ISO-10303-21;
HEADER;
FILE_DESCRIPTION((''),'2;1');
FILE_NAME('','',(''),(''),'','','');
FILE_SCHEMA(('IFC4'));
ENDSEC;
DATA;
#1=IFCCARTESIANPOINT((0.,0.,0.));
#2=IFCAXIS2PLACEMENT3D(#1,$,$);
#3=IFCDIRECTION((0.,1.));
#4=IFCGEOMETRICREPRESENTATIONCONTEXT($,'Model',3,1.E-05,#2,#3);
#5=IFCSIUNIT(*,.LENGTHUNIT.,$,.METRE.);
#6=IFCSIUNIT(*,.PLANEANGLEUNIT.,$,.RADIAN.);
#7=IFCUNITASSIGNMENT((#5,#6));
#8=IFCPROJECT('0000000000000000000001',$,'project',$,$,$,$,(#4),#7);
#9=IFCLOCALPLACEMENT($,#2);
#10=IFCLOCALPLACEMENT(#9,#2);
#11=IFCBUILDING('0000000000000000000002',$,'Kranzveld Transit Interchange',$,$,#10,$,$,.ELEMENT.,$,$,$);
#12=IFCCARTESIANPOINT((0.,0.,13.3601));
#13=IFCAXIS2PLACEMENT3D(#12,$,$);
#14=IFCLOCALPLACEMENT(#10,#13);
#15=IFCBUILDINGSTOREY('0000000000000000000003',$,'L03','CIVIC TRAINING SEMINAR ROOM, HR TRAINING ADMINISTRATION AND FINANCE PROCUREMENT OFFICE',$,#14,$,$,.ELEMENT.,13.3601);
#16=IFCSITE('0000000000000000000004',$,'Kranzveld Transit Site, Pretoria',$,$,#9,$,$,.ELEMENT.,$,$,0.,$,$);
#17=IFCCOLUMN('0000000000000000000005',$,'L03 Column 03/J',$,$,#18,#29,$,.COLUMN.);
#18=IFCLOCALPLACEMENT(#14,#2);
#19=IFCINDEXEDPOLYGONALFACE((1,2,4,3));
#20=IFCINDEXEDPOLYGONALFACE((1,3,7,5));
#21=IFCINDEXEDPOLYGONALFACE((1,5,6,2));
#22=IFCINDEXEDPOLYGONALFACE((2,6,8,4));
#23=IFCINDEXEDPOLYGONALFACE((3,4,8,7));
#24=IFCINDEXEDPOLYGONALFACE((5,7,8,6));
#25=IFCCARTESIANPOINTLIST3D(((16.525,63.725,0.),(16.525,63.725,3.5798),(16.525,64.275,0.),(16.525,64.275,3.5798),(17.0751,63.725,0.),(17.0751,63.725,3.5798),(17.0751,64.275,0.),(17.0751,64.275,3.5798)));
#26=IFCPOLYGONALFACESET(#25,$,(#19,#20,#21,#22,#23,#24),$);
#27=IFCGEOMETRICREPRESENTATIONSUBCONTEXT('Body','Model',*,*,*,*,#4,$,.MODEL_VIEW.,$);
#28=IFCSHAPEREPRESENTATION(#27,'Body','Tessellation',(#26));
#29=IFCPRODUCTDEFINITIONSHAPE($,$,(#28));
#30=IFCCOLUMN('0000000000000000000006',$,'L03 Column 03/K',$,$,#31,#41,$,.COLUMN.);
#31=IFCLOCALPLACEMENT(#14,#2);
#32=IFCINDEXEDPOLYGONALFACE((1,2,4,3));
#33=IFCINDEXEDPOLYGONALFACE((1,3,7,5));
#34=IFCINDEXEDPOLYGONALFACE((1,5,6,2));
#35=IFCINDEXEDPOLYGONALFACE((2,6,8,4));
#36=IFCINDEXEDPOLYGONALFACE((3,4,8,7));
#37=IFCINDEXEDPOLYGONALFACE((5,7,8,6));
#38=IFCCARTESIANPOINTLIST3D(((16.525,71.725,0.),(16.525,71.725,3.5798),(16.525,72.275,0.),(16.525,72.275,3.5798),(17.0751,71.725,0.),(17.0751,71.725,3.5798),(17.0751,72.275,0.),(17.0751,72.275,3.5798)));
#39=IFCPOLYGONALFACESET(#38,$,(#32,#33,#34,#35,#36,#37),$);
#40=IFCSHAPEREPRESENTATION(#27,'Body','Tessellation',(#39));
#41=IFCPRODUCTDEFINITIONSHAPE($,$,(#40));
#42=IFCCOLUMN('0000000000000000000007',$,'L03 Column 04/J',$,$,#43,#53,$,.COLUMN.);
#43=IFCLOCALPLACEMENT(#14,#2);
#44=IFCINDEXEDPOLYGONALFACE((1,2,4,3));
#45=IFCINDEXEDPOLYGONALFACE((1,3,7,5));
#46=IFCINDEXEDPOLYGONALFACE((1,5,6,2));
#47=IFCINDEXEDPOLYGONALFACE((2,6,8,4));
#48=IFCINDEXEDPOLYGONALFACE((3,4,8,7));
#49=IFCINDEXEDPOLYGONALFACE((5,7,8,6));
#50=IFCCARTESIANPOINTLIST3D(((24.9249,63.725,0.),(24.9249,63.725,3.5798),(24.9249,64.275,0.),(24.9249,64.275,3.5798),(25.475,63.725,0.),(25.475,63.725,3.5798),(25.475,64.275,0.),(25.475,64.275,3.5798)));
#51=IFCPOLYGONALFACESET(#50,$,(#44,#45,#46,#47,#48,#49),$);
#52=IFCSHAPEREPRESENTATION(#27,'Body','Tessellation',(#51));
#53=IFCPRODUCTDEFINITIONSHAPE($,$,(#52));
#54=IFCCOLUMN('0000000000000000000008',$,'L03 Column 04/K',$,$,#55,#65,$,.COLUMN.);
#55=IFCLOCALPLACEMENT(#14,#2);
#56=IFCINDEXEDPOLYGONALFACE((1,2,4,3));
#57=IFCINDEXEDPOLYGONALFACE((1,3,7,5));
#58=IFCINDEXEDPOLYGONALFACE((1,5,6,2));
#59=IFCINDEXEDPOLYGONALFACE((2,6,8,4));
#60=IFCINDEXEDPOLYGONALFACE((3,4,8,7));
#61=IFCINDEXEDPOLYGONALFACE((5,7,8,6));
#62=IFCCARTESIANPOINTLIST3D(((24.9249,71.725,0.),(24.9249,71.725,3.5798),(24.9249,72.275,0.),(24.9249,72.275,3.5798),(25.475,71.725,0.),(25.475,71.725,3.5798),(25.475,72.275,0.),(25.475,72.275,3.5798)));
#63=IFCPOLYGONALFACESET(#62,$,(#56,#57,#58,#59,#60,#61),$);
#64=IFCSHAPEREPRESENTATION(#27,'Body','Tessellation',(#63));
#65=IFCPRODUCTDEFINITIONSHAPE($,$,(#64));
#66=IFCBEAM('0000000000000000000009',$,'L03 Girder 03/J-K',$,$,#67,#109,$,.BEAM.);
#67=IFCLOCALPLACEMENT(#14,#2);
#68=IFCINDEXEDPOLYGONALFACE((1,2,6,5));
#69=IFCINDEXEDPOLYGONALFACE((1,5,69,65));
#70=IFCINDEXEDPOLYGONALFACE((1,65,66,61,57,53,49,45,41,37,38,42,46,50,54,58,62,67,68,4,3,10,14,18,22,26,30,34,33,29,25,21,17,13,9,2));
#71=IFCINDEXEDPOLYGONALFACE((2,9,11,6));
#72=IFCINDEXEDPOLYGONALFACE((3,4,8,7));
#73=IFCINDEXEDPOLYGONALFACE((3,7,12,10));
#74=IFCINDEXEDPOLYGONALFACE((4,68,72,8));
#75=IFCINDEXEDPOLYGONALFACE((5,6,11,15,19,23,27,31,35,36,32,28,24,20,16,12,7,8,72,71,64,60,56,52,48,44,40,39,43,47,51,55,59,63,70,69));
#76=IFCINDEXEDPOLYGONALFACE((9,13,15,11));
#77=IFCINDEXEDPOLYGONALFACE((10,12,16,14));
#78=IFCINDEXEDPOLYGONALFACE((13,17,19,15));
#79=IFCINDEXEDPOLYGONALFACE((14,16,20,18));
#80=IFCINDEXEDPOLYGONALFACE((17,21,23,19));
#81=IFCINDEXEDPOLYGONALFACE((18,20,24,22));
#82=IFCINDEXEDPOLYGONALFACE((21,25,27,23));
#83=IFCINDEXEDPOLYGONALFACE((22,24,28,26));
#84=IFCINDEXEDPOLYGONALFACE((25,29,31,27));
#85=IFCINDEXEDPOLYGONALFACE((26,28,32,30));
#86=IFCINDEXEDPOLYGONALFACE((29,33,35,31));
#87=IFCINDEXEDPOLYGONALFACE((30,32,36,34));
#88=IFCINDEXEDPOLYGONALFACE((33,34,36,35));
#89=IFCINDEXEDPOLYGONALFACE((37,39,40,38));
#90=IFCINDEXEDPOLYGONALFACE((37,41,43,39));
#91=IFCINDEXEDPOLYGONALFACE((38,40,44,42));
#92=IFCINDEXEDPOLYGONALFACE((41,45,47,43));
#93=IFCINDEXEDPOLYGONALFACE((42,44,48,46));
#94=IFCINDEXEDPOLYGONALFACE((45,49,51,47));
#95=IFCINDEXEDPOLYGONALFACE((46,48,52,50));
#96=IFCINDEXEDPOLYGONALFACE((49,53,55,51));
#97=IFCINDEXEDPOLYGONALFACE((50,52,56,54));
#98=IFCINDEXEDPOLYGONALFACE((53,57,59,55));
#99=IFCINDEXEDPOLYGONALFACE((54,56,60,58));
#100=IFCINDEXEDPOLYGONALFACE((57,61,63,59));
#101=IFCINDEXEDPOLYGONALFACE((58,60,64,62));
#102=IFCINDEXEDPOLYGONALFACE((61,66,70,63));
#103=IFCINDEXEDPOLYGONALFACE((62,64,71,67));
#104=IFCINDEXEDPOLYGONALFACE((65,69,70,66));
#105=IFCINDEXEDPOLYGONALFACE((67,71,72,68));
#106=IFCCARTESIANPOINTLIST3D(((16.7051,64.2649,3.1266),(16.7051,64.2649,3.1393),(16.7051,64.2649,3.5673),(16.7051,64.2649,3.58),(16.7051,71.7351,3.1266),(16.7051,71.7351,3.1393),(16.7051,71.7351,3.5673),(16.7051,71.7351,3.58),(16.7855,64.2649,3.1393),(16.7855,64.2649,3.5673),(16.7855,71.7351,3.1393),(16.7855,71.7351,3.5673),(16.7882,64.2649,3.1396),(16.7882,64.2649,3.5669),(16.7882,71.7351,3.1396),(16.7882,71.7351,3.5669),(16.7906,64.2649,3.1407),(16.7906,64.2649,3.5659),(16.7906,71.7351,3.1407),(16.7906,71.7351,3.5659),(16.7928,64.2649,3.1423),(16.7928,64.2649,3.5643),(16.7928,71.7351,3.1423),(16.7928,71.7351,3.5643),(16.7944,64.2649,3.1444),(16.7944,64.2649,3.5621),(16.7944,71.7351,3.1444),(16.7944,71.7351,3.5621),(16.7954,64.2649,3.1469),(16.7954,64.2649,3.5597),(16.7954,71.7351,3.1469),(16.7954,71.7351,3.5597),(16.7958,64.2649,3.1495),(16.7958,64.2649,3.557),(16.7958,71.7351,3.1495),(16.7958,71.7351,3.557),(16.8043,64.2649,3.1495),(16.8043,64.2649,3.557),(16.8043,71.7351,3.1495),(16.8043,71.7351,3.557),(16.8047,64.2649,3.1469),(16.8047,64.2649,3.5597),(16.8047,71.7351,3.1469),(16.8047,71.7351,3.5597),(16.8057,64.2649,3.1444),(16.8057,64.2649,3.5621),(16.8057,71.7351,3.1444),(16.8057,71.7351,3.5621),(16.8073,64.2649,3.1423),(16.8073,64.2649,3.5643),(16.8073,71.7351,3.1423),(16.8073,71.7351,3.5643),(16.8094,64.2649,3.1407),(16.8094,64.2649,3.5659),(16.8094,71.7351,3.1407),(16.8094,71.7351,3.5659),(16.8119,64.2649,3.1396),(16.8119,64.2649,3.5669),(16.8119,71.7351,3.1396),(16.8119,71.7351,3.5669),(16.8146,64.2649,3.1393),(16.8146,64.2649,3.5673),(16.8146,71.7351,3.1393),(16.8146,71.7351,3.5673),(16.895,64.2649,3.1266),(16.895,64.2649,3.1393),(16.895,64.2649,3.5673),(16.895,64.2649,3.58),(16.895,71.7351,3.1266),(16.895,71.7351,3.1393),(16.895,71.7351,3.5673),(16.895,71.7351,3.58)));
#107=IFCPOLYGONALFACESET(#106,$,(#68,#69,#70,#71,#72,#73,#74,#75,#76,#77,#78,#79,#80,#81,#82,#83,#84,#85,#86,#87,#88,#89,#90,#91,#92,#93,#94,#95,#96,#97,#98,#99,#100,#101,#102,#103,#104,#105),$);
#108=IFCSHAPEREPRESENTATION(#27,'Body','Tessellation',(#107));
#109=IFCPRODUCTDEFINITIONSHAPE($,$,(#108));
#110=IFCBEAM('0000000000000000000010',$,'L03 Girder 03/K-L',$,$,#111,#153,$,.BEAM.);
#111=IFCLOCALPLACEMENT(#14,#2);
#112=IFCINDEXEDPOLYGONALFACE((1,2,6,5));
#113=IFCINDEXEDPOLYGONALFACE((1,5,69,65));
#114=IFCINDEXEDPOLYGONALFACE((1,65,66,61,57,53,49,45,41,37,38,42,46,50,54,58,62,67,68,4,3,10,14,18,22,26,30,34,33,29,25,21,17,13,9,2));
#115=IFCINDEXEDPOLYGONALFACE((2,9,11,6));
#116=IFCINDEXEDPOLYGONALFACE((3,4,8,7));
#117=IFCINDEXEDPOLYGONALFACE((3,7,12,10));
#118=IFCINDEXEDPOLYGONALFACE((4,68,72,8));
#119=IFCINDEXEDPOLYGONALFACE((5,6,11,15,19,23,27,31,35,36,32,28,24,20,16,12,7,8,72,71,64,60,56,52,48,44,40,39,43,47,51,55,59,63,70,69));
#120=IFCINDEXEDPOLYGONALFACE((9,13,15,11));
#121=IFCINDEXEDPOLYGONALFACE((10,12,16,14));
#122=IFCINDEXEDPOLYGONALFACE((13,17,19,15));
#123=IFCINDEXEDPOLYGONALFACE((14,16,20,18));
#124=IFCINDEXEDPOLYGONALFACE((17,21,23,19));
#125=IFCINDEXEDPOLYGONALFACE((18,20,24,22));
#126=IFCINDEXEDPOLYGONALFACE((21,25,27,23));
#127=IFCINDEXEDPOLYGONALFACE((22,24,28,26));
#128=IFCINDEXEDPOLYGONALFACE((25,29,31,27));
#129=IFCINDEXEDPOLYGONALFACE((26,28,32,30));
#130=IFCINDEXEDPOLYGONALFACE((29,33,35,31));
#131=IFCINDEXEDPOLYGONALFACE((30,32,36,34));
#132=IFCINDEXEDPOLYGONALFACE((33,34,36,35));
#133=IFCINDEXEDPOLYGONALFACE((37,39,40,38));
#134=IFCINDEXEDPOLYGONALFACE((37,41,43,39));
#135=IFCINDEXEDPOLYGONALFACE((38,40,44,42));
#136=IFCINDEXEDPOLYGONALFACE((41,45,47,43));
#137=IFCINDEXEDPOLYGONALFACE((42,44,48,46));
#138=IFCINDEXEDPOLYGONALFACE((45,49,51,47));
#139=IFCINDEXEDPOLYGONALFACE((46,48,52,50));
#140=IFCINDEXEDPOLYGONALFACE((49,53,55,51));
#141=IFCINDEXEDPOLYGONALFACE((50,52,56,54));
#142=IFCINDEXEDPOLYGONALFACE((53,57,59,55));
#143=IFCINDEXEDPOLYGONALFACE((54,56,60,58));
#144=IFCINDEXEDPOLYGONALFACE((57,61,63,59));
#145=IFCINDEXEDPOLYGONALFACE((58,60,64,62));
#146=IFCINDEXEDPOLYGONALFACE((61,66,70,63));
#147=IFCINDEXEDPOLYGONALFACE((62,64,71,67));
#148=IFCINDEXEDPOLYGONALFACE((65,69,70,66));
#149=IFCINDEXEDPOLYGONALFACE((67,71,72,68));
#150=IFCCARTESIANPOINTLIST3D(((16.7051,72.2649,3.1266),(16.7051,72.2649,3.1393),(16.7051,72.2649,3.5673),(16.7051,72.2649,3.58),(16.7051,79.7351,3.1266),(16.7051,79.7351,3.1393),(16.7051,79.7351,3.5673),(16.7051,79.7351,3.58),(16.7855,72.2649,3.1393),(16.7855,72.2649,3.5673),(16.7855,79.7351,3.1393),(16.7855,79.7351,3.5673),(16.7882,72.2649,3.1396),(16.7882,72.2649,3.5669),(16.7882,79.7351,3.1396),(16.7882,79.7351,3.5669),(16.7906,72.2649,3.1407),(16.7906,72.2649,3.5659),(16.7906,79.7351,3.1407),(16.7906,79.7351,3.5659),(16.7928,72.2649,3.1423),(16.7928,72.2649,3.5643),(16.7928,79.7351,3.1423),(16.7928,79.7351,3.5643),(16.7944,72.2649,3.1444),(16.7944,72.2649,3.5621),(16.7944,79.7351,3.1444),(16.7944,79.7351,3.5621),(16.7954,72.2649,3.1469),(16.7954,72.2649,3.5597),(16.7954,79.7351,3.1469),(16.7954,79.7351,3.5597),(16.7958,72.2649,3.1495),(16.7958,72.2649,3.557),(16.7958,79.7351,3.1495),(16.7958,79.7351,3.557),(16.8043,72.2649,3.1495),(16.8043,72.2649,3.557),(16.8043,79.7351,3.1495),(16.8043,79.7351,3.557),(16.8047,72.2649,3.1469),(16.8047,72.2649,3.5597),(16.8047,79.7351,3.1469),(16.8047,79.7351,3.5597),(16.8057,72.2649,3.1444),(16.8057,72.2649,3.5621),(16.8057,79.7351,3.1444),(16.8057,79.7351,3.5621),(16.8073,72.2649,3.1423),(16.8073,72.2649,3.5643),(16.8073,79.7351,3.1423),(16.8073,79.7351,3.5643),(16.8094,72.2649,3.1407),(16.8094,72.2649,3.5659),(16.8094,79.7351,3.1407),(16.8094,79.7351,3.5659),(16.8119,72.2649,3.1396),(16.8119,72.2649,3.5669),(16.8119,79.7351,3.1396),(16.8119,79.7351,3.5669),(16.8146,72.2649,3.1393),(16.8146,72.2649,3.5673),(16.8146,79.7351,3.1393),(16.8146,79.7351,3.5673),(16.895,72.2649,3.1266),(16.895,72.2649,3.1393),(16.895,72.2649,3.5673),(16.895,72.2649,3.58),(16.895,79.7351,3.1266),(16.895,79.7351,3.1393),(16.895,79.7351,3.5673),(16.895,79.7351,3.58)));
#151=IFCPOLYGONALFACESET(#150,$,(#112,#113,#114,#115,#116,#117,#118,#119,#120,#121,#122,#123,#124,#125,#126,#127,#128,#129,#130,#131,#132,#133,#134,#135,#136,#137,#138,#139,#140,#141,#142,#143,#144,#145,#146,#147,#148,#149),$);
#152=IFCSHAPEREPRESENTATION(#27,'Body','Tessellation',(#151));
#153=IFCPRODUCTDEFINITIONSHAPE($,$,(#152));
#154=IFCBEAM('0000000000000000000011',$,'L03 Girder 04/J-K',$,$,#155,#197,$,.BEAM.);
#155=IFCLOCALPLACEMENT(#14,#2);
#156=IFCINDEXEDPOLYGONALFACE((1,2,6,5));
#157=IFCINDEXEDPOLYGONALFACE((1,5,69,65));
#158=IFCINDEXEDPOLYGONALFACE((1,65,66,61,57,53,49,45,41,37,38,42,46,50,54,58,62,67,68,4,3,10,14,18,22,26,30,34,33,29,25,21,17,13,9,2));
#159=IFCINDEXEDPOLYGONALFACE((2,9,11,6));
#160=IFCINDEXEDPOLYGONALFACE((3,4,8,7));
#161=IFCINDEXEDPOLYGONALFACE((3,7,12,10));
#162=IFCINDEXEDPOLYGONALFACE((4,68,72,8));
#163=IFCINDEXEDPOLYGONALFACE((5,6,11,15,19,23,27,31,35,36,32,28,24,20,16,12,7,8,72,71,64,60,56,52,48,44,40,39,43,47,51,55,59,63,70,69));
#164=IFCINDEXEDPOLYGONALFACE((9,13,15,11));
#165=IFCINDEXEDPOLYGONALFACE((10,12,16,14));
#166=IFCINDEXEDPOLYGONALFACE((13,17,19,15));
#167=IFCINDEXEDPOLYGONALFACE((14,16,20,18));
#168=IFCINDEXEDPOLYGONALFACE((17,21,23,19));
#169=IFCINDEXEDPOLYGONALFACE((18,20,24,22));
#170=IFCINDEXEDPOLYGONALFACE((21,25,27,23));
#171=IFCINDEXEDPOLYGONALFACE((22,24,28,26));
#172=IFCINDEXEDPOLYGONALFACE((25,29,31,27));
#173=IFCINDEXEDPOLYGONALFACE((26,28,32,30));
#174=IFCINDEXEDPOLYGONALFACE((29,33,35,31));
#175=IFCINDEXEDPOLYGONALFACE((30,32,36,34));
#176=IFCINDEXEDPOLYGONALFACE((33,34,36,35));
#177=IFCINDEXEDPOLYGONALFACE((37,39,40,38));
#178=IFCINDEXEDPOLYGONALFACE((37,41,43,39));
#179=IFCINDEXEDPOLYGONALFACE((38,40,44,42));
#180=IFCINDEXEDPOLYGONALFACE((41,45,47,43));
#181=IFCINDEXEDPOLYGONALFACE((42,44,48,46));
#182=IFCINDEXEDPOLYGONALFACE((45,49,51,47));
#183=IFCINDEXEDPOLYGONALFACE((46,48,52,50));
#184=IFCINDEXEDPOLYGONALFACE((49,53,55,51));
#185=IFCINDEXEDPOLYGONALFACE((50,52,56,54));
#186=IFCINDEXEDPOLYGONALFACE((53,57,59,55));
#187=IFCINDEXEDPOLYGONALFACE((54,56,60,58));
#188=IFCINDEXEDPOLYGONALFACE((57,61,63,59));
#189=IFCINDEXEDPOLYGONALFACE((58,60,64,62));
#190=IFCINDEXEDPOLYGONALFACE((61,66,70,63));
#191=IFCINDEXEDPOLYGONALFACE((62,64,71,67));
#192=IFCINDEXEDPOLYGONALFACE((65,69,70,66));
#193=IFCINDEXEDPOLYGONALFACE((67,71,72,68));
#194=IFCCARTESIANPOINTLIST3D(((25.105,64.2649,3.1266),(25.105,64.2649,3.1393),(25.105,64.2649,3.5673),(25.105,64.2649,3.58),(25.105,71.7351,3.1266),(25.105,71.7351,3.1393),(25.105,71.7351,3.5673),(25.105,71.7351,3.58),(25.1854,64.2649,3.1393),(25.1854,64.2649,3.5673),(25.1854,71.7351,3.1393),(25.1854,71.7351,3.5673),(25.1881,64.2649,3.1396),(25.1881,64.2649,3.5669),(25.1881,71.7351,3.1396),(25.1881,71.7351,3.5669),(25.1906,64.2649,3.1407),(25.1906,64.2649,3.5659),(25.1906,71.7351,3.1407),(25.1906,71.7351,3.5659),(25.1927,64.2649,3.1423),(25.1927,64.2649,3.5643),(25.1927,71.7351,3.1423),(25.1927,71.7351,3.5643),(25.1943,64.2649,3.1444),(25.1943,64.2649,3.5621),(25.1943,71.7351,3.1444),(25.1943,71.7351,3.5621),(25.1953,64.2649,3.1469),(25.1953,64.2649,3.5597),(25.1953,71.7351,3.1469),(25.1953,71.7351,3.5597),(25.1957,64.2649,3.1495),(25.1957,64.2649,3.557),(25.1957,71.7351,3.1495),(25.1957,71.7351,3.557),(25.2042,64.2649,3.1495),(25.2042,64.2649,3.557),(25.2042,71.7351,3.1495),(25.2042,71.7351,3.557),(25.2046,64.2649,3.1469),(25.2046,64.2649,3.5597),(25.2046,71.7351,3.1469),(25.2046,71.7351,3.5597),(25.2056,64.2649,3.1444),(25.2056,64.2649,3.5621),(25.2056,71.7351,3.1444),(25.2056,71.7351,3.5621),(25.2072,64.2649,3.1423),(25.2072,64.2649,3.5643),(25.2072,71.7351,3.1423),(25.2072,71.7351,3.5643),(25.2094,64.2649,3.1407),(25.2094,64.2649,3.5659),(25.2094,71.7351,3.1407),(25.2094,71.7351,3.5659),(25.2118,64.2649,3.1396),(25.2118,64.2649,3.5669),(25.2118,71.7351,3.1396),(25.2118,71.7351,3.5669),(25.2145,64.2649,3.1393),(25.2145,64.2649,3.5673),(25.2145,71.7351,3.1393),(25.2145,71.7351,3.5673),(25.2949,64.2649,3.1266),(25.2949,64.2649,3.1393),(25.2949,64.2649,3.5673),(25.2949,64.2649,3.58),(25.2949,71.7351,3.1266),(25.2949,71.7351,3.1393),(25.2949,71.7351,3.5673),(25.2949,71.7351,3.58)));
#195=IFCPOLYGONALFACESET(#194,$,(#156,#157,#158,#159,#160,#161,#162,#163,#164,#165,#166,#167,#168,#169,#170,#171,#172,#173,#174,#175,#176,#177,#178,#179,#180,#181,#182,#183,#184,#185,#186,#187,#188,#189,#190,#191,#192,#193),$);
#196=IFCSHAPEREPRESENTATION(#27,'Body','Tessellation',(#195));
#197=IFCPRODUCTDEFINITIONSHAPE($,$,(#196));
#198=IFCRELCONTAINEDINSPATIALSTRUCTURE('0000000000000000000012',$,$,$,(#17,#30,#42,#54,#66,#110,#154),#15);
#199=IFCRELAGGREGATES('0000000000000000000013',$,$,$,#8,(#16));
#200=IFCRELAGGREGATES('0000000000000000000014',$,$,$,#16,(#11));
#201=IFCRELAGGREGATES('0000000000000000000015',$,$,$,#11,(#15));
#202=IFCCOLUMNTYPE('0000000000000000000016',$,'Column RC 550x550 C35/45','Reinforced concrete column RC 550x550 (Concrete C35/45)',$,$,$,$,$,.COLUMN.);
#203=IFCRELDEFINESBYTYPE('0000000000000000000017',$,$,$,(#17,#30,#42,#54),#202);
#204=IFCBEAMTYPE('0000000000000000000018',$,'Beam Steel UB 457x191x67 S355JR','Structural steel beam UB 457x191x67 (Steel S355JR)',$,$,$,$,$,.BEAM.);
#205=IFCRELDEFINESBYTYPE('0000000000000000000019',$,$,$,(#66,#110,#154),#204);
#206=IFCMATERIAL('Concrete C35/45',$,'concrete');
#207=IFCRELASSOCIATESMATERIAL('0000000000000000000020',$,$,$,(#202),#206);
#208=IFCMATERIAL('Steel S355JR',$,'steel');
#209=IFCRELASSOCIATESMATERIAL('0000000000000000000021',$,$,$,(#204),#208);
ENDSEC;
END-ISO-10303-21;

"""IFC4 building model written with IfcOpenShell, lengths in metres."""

from ifc_helpers import new_model, si_unit, direction, frame, origin, origin_2d, place, context, subcontext, project, spatial, rectangle, i_section, extrude, material, material_profile, profile_set, type_object, element, save


model = new_model("IFC4")

# Units and contexts
model_context = context("Model", 3, precision=1e-05, world=origin(), true_north=direction((0.0, 1.0)))
body_context = subcontext(model_context, "Body", "Model", "MODEL_VIEW")
ifc_project = project(units=[si_unit("LENGTHUNIT", "METRE"), si_unit("PLANEANGLEUNIT", "RADIAN")], contexts=[model_context])

# Site, building, storey
site_placement = place(None, origin())
site = spatial("IfcSite", under=ifc_project, at=site_placement, Name="Kranzveld Transit Site, Pretoria", CompositionType="ELEMENT", RefElevation=0.0)
building_placement = place(site_placement, origin())
building = spatial("IfcBuilding", under=site, at=building_placement, Name="Kranzveld Transit Interchange", CompositionType="ELEMENT")
storey_placement = place(building_placement, frame((0.0, 0.0, 13.3601)))
storey = spatial("IfcBuildingStorey", under=building, at=storey_placement, Name="L03", Description="CIVIC TRAINING SEMINAR ROOM, HR TRAINING ADMINISTRATION AND FINANCE PROCUREMENT OFFICE", CompositionType="ELEMENT", Elevation=13.3601)

# Columns
ifc_material_1 = material(Name="Concrete C35/45", Category="concrete")
ifc_material_profile_1 = material_profile(ifc_material_1, rectangle(XDim=0.55, YDim=0.55, at=origin_2d()), Name="RC 550x550")
ifc_profile_set_1 = profile_set([ifc_material_profile_1], Name="Concrete C35/45")
column_type = type_object("IfcColumnType", Name="Column RC 550x550 C35/45", Description="Reinforced concrete column RC 550x550 (Concrete C35/45)", PredefinedType="COLUMN", material=ifc_profile_set_1)
for number, where, z_axis, x_axis, name in (
    (1, (16.8, 64.0, 0.0), (0.0, 0.0, 1.0), (1.0, 0.0, 0.0), "L03 Column 03/J"),
    (2, (16.8, 72.0, 0.0), (0.0, 0.0, 1.0), (1.0, 0.0, 0.0), "L03 Column 03/K"),
    (3, (25.2, 64.0, 0.0), (0.0, 0.0, 1.0), (1.0, 0.0, 0.0), "L03 Column 04/J"),
    (4, (25.2, 72.0, 0.0), (0.0, 0.0, 1.0), (1.0, 0.0, 0.0), "L03 Column 04/K"),
):
    element("IfcColumn", number, at=place(storey_placement, frame(where, z_axis=z_axis, x_axis=x_axis)), inside=storey, type_object=column_type, Name=name, PredefinedType="COLUMN", context=body_context, shape_type="SweptSolid", body=[
        extrude(rectangle(XDim=0.55, YDim=0.55, at=origin_2d()), origin(), (0.0, 0.0, 1.0), 3.5798),
    ])

# Beams
ifc_material_2 = material(Name="Steel S355JR", Category="steel")
ifc_material_profile_2 = material_profile(ifc_material_2, i_section(OverallWidth=0.1899, OverallDepth=0.4534, WebThickness=0.0085, FlangeThickness=0.0127, FilletRadius=0.0103, at=origin_2d()), Name="UB 457x191x67")
ifc_profile_set_2 = profile_set([ifc_material_profile_2], Name="Steel S355JR")
beam_type_1 = type_object("IfcBeamType", Name="Beam Steel UB 457x191x67 S355JR", Description="Structural steel beam UB 457x191x67 (Steel S355JR)", PredefinedType="BEAM", material=ifc_profile_set_2)
for number, where, z_axis, x_axis, name in (
    (5, (16.8, 64.2649, 3.3533), (0.0, 1.0, 0.0), (-1.0, 0.0, 0.0), "L03 Girder 03/J-K"),
    (6, (16.8, 72.2649, 3.3533), (0.0, 1.0, 0.0), (-1.0, 0.0, 0.0), "L03 Girder 03/K-L"),
    (7, (25.2, 64.2649, 3.3533), (0.0, 1.0, 0.0), (-1.0, 0.0, 0.0), "L03 Girder 04/J-K"),
):
    element("IfcBeam", number, at=place(storey_placement, frame(where, z_axis=z_axis, x_axis=x_axis)), inside=storey, type_object=beam_type_1, Name=name, PredefinedType="BEAM", context=body_context, shape_type="SweptSolid", body=[
        extrude(i_section(OverallWidth=0.1899, OverallDepth=0.4534, WebThickness=0.0085, FlangeThickness=0.0127, FilletRadius=0.0103, at=origin_2d()), origin(), (0.0, 0.0, 1.0), 7.4702),
    ])

save(model, "model.ifc")
